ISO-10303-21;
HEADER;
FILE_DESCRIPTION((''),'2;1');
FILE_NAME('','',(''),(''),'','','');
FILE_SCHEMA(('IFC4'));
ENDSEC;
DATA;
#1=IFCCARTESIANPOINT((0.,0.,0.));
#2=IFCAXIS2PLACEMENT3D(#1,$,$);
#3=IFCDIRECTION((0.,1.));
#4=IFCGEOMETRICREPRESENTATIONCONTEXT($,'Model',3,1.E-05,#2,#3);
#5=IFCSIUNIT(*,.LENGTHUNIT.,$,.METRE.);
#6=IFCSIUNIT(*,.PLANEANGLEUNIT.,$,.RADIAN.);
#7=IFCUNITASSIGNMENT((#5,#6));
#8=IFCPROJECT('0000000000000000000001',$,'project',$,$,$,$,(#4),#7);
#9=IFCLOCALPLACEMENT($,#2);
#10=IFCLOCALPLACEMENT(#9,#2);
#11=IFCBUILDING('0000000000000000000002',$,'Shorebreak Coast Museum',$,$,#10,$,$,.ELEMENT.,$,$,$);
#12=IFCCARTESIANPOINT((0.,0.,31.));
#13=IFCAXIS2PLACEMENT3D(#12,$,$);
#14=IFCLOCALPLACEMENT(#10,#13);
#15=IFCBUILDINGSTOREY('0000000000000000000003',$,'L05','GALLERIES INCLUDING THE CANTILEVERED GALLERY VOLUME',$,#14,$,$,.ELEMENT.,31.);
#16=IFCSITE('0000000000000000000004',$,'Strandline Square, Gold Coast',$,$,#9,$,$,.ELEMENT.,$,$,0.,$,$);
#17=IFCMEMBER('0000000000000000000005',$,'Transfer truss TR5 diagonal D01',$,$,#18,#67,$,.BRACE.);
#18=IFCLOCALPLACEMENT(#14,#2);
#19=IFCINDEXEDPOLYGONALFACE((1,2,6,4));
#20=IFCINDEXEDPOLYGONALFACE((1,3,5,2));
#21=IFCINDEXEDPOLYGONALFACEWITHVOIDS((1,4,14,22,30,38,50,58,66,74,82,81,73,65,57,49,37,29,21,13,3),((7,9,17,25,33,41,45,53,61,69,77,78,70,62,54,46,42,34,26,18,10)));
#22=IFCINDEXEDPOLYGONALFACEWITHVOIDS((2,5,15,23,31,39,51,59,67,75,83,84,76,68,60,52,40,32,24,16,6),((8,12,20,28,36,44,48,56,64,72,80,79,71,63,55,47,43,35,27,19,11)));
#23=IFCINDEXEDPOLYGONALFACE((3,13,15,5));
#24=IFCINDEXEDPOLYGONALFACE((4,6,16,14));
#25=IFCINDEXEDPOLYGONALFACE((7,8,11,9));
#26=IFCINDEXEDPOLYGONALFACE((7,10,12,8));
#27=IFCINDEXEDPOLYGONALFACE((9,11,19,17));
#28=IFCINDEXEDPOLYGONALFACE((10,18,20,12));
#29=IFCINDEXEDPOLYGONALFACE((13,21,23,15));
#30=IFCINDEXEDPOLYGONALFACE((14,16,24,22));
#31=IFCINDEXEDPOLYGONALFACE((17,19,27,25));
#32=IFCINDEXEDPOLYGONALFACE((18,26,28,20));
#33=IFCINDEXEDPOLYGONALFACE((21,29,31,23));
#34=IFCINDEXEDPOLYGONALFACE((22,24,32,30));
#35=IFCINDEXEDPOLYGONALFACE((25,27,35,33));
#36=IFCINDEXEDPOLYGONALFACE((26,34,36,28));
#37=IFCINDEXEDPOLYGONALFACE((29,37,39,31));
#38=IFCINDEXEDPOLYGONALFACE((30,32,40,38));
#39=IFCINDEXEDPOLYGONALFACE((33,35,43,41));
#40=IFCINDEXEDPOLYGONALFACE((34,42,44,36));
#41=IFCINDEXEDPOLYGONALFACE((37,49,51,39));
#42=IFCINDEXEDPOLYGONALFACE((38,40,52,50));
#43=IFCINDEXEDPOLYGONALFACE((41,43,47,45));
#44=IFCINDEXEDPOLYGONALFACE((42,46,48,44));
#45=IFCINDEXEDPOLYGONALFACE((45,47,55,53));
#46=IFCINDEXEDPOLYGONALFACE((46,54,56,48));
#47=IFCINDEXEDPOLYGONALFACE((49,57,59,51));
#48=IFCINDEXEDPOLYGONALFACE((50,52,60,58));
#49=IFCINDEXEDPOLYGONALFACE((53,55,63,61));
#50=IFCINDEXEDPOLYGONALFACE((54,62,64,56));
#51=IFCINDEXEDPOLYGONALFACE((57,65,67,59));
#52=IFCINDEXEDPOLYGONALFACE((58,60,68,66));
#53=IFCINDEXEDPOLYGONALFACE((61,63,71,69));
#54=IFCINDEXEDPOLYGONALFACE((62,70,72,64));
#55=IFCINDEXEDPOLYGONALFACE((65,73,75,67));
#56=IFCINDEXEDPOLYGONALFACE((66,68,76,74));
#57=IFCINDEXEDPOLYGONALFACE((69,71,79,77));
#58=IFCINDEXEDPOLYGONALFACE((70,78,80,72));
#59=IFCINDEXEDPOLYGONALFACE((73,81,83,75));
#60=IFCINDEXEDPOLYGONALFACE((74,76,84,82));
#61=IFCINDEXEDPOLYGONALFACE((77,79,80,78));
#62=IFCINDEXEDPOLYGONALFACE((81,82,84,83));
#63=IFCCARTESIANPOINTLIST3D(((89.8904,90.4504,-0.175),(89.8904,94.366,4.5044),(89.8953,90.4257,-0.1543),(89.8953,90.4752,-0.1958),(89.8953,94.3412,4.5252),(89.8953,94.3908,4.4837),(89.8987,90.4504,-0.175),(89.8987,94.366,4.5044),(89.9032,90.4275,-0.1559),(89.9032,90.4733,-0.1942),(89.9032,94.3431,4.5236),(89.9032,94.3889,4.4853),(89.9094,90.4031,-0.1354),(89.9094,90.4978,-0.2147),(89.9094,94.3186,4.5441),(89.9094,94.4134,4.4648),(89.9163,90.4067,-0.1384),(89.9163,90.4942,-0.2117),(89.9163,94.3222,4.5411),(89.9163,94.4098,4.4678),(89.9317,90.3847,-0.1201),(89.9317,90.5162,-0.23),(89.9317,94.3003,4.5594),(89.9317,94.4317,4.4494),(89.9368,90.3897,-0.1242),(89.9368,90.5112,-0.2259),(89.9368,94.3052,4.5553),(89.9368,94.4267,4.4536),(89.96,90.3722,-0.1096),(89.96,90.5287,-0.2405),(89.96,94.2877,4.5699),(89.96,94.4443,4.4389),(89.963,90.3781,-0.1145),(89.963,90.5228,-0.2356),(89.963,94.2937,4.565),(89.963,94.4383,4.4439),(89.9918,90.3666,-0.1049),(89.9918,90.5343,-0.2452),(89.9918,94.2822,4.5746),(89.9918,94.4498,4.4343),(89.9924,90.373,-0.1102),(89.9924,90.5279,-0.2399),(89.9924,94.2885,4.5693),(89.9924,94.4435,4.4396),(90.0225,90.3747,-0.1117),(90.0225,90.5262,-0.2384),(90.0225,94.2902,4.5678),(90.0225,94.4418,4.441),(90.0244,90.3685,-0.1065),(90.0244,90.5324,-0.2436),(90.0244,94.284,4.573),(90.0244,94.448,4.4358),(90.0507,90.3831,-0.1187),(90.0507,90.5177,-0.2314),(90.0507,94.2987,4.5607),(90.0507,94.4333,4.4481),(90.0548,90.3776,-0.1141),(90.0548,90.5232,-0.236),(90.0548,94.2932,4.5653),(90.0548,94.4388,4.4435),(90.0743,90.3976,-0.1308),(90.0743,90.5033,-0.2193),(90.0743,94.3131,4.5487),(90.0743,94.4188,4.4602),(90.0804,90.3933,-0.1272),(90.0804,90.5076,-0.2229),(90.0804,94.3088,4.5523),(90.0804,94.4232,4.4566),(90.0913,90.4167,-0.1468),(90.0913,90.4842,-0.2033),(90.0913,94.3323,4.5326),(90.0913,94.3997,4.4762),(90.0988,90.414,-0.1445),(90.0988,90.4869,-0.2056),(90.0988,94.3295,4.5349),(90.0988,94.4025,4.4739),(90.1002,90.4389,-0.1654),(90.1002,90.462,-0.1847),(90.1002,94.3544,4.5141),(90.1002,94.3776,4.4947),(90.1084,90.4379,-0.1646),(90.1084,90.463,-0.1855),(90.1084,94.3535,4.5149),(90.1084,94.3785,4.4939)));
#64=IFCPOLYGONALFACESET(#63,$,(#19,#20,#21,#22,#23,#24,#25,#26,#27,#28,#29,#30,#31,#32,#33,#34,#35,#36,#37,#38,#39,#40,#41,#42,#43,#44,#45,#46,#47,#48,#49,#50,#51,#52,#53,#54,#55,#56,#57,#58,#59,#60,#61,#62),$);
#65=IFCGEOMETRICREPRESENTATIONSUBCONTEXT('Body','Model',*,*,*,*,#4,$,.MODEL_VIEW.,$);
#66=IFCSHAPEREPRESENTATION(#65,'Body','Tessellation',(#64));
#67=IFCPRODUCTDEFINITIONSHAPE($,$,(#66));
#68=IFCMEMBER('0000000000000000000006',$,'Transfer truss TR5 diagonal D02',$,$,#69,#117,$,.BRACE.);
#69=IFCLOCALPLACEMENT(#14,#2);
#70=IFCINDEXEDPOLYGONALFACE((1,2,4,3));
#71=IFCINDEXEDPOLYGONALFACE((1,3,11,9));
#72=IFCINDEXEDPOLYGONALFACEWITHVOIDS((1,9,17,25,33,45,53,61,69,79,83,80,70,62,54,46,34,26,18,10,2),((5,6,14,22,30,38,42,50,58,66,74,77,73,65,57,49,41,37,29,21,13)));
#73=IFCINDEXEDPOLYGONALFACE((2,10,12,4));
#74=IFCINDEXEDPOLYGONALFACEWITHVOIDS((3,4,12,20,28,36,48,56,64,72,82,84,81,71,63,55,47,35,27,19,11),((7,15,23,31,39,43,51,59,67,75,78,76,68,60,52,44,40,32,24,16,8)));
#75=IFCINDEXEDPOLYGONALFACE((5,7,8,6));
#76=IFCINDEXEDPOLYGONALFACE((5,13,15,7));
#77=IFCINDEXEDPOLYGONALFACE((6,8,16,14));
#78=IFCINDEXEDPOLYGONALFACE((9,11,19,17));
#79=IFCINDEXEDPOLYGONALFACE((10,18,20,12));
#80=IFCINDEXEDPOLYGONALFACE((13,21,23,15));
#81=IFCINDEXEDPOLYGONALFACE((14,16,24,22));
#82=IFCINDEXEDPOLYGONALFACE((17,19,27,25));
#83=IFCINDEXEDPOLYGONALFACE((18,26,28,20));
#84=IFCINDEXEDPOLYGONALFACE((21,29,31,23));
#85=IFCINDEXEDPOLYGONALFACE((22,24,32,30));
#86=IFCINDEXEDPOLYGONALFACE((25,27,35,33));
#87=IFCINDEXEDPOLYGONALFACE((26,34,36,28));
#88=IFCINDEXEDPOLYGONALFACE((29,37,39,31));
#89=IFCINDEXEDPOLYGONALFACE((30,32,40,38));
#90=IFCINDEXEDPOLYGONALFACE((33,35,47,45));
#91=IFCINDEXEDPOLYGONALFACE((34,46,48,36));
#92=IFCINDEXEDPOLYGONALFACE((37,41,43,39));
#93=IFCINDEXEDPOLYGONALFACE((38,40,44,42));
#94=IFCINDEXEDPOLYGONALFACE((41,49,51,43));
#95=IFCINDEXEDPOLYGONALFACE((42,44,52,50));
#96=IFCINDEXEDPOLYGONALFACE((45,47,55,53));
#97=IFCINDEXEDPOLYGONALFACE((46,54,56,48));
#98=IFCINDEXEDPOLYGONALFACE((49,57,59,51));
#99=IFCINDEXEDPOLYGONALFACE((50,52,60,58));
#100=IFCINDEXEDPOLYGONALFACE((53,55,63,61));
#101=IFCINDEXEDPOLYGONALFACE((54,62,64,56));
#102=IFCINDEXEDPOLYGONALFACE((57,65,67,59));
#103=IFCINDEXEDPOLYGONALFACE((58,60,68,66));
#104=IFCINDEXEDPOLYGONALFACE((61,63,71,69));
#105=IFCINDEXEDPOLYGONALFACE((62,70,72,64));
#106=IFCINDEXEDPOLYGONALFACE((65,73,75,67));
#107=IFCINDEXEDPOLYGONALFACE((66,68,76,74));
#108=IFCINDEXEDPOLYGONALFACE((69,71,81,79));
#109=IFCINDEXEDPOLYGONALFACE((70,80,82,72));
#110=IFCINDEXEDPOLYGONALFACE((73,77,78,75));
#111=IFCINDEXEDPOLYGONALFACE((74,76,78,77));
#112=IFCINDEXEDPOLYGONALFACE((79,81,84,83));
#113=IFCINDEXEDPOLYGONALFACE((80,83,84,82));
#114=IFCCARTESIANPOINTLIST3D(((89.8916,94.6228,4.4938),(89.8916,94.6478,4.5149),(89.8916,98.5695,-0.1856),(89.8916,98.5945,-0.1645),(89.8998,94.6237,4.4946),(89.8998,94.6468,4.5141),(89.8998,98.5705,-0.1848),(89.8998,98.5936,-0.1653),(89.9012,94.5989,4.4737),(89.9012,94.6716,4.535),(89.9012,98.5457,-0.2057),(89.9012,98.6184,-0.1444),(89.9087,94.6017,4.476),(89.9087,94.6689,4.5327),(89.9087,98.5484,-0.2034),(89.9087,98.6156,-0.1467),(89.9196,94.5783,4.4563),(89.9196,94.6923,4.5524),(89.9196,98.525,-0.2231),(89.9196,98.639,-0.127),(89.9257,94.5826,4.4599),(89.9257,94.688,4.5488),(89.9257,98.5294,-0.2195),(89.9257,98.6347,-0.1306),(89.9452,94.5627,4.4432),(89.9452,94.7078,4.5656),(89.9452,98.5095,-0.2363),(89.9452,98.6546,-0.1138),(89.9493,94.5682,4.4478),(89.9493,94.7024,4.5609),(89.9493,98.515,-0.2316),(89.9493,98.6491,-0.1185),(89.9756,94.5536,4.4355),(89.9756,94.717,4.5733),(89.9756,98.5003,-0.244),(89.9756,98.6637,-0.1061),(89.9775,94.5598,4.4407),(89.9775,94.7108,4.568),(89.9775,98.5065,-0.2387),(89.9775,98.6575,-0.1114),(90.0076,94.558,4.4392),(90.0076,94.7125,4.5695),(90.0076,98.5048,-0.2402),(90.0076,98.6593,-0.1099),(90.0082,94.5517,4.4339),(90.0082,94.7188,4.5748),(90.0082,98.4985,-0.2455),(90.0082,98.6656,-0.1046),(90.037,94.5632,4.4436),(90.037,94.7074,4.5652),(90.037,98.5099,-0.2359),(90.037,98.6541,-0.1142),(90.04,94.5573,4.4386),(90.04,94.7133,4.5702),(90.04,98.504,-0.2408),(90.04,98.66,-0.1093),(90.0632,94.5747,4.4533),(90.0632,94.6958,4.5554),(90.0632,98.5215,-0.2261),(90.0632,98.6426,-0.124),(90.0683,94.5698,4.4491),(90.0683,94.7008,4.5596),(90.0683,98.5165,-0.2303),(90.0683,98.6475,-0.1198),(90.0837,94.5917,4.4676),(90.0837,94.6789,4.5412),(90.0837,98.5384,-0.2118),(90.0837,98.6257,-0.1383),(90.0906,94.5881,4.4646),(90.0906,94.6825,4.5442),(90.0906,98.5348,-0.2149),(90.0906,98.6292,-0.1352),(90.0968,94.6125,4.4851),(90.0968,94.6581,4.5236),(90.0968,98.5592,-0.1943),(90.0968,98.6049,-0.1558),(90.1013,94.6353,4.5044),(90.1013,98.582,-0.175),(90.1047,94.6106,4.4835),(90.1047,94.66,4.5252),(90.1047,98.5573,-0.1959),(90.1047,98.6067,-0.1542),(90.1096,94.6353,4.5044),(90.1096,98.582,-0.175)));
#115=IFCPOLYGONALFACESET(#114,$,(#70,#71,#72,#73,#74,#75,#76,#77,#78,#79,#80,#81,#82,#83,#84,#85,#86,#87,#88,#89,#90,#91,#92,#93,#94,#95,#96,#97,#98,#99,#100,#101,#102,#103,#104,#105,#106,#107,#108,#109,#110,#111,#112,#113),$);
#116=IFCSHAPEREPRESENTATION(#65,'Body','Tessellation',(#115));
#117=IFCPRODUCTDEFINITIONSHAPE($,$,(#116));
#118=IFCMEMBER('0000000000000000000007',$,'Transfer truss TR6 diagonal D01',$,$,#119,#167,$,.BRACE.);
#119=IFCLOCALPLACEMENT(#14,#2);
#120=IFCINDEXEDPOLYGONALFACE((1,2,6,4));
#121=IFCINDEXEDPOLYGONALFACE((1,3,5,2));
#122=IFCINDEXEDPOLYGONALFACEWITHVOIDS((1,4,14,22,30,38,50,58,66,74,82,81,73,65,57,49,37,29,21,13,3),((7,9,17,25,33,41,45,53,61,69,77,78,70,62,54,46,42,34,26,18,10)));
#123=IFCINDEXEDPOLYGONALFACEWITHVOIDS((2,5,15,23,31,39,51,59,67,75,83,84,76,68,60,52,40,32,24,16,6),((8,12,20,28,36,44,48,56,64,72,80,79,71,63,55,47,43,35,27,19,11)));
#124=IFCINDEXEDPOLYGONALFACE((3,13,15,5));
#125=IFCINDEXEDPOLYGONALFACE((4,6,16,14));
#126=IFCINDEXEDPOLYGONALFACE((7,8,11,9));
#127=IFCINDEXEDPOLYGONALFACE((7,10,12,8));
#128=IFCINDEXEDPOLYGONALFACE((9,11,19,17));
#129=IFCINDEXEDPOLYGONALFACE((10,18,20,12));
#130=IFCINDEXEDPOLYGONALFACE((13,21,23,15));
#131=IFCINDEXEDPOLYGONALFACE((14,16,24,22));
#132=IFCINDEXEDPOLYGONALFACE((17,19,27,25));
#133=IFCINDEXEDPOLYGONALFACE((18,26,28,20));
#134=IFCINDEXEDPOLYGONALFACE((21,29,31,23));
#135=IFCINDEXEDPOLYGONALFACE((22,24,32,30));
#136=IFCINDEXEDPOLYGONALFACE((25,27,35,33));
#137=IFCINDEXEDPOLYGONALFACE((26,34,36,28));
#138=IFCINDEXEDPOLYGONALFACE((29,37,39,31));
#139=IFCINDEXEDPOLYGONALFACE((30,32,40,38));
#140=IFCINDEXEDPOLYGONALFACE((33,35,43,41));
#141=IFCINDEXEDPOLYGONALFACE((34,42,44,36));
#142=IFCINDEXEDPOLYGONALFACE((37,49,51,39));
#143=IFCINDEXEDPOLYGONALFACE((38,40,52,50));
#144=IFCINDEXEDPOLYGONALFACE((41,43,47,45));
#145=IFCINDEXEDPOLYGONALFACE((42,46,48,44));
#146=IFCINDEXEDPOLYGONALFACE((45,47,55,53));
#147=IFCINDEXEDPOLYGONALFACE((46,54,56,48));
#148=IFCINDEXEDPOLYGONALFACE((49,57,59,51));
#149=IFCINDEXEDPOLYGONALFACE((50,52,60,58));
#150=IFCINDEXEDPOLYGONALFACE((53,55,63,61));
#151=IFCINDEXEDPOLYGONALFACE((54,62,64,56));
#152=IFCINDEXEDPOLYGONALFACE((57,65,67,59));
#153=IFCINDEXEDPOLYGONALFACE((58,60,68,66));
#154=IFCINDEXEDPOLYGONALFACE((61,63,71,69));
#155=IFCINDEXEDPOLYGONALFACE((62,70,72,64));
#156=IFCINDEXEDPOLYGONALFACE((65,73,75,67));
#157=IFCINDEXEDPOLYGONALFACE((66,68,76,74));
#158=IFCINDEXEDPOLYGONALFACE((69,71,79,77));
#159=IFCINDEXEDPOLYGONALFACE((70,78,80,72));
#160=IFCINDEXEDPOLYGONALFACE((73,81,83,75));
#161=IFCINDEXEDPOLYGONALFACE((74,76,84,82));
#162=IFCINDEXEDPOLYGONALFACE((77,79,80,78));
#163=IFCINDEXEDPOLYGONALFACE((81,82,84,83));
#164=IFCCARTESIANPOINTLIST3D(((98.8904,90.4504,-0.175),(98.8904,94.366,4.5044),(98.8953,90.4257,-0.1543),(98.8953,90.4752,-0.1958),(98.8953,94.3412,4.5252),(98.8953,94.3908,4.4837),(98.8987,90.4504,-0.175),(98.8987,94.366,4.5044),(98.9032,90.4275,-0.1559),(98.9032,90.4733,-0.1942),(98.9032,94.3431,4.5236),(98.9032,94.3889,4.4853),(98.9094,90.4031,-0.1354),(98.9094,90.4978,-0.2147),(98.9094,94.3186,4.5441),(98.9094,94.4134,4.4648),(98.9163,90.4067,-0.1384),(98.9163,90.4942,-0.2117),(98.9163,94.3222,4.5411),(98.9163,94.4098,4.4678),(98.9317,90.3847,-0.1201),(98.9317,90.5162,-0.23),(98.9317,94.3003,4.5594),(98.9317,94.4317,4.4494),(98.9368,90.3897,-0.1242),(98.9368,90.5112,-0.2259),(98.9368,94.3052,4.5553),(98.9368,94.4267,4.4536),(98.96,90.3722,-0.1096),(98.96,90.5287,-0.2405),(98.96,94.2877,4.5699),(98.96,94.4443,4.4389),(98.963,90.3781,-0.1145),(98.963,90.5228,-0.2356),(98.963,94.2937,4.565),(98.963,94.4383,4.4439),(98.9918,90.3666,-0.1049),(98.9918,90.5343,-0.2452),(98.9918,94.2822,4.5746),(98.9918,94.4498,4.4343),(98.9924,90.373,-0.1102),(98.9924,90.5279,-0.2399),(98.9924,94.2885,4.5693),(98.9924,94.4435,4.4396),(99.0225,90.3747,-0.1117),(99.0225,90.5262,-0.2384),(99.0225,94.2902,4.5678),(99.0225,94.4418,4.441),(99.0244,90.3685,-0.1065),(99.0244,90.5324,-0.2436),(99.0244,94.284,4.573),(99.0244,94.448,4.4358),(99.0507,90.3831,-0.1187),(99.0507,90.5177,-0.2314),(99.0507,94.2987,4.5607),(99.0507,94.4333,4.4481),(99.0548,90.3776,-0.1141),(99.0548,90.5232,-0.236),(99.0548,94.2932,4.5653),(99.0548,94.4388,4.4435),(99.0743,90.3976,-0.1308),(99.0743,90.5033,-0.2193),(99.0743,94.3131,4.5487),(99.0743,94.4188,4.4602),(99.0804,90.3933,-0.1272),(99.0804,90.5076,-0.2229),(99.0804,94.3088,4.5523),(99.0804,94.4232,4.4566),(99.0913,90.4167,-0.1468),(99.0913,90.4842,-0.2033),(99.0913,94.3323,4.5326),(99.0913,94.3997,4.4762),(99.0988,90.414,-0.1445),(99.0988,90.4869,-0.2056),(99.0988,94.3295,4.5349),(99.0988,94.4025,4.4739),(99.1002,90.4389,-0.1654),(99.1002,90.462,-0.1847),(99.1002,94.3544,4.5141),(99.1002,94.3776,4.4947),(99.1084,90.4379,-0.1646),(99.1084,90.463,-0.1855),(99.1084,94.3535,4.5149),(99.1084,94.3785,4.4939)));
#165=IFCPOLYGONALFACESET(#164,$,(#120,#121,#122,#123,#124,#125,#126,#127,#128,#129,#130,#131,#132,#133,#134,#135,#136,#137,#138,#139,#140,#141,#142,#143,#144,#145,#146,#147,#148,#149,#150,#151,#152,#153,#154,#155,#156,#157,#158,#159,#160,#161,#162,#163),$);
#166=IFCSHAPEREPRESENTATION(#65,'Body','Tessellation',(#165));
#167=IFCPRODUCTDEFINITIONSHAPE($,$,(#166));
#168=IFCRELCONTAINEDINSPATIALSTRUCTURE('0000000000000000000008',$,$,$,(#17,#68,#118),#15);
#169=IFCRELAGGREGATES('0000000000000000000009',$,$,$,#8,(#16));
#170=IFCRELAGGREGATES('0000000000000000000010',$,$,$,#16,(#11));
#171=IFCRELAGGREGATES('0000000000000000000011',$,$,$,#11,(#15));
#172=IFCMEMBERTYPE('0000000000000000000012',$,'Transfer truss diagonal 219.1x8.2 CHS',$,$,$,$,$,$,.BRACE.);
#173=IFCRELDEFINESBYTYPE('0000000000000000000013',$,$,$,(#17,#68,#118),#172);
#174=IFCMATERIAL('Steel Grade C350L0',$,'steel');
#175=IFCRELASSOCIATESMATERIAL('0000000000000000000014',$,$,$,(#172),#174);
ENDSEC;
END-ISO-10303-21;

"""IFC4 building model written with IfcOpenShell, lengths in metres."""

from ifc_helpers import new_model, si_unit, direction, frame, origin, origin_2d, place, context, subcontext, project, spatial, hollow_circle, extrude, material, material_profile, profile_set, type_object, element, save


model = new_model("IFC4")

# Units and contexts
model_context = context("Model", 3, precision=1e-05, world=origin(), true_north=direction((0.0, 1.0)))
body_context = subcontext(model_context, "Body", "Model", "MODEL_VIEW")
ifc_project = project(units=[si_unit("LENGTHUNIT", "METRE"), si_unit("PLANEANGLEUNIT", "RADIAN")], contexts=[model_context])

# Site, building, storey
site_placement = place(None, origin())
site = spatial("IfcSite", under=ifc_project, at=site_placement, Name="Strandline Square, Gold Coast", CompositionType="ELEMENT", RefElevation=0.0)
building_placement = place(site_placement, origin())
building = spatial("IfcBuilding", under=site, at=building_placement, Name="Shorebreak Coast Museum", CompositionType="ELEMENT")
storey_placement = place(building_placement, frame((0.0, 0.0, 31.0)))
storey = spatial("IfcBuildingStorey", under=building, at=storey_placement, Name="L05", Description="GALLERIES INCLUDING THE CANTILEVERED GALLERY VOLUME", CompositionType="ELEMENT", Elevation=31.0)

# Members
ifc_material_1 = material(Name="Steel Grade C350L0", Category="steel")
ifc_material_profile_1 = material_profile(ifc_material_1, hollow_circle(Radius=0.1096, WallThickness=0.0083, at=origin_2d()), Name="219.1x8.2 CHS")
ifc_profile_set_1 = profile_set([ifc_material_profile_1], Name="Steel Grade C350L0")
member_type_1 = type_object("IfcMemberType", Name="Transfer truss diagonal 219.1x8.2 CHS", PredefinedType="BRACE", material=ifc_profile_set_1)
member_1_placement = place(storey_placement, frame((90.0, 90.4504, -0.175), z_axis=(0.0, 0.64173, 0.766931), x_axis=(-1.0, 0.0, 0.0)))
element("IfcMember", 1, at=member_1_placement, inside=storey, type_object=member_type_1, Name="Transfer truss TR5 diagonal D01", PredefinedType="BRACE", context=body_context, shape_type="SweptSolid", body=[
    extrude(hollow_circle(Radius=0.1096, WallThickness=0.0083, at=origin_2d()), origin(), (0.0, 0.0, 1.0), 6.1016),
])
member_2_placement = place(storey_placement, frame((90.0, 98.582, -0.175), z_axis=(0.0, -0.644728, 0.764412), x_axis=(1.0, 0.0, 0.0)))
element("IfcMember", 2, at=member_2_placement, inside=storey, type_object=member_type_1, Name="Transfer truss TR5 diagonal D02", PredefinedType="BRACE", context=body_context, shape_type="SweptSolid", body=[
    extrude(hollow_circle(Radius=0.1096, WallThickness=0.0083, at=origin_2d()), origin(), (0.0, 0.0, 1.0), 6.1216),
])
member_3_placement = place(storey_placement, frame((99.0, 90.4504, -0.175), z_axis=(0.0, 0.64173, 0.766931), x_axis=(-1.0, 0.0, 0.0)))
element("IfcMember", 3, at=member_3_placement, inside=storey, type_object=member_type_1, Name="Transfer truss TR6 diagonal D01", PredefinedType="BRACE", context=body_context, shape_type="SweptSolid", body=[
    extrude(hollow_circle(Radius=0.1096, WallThickness=0.0083, at=origin_2d()), origin(), (0.0, 0.0, 1.0), 6.1016),
])

save(model, "model.ifc")
